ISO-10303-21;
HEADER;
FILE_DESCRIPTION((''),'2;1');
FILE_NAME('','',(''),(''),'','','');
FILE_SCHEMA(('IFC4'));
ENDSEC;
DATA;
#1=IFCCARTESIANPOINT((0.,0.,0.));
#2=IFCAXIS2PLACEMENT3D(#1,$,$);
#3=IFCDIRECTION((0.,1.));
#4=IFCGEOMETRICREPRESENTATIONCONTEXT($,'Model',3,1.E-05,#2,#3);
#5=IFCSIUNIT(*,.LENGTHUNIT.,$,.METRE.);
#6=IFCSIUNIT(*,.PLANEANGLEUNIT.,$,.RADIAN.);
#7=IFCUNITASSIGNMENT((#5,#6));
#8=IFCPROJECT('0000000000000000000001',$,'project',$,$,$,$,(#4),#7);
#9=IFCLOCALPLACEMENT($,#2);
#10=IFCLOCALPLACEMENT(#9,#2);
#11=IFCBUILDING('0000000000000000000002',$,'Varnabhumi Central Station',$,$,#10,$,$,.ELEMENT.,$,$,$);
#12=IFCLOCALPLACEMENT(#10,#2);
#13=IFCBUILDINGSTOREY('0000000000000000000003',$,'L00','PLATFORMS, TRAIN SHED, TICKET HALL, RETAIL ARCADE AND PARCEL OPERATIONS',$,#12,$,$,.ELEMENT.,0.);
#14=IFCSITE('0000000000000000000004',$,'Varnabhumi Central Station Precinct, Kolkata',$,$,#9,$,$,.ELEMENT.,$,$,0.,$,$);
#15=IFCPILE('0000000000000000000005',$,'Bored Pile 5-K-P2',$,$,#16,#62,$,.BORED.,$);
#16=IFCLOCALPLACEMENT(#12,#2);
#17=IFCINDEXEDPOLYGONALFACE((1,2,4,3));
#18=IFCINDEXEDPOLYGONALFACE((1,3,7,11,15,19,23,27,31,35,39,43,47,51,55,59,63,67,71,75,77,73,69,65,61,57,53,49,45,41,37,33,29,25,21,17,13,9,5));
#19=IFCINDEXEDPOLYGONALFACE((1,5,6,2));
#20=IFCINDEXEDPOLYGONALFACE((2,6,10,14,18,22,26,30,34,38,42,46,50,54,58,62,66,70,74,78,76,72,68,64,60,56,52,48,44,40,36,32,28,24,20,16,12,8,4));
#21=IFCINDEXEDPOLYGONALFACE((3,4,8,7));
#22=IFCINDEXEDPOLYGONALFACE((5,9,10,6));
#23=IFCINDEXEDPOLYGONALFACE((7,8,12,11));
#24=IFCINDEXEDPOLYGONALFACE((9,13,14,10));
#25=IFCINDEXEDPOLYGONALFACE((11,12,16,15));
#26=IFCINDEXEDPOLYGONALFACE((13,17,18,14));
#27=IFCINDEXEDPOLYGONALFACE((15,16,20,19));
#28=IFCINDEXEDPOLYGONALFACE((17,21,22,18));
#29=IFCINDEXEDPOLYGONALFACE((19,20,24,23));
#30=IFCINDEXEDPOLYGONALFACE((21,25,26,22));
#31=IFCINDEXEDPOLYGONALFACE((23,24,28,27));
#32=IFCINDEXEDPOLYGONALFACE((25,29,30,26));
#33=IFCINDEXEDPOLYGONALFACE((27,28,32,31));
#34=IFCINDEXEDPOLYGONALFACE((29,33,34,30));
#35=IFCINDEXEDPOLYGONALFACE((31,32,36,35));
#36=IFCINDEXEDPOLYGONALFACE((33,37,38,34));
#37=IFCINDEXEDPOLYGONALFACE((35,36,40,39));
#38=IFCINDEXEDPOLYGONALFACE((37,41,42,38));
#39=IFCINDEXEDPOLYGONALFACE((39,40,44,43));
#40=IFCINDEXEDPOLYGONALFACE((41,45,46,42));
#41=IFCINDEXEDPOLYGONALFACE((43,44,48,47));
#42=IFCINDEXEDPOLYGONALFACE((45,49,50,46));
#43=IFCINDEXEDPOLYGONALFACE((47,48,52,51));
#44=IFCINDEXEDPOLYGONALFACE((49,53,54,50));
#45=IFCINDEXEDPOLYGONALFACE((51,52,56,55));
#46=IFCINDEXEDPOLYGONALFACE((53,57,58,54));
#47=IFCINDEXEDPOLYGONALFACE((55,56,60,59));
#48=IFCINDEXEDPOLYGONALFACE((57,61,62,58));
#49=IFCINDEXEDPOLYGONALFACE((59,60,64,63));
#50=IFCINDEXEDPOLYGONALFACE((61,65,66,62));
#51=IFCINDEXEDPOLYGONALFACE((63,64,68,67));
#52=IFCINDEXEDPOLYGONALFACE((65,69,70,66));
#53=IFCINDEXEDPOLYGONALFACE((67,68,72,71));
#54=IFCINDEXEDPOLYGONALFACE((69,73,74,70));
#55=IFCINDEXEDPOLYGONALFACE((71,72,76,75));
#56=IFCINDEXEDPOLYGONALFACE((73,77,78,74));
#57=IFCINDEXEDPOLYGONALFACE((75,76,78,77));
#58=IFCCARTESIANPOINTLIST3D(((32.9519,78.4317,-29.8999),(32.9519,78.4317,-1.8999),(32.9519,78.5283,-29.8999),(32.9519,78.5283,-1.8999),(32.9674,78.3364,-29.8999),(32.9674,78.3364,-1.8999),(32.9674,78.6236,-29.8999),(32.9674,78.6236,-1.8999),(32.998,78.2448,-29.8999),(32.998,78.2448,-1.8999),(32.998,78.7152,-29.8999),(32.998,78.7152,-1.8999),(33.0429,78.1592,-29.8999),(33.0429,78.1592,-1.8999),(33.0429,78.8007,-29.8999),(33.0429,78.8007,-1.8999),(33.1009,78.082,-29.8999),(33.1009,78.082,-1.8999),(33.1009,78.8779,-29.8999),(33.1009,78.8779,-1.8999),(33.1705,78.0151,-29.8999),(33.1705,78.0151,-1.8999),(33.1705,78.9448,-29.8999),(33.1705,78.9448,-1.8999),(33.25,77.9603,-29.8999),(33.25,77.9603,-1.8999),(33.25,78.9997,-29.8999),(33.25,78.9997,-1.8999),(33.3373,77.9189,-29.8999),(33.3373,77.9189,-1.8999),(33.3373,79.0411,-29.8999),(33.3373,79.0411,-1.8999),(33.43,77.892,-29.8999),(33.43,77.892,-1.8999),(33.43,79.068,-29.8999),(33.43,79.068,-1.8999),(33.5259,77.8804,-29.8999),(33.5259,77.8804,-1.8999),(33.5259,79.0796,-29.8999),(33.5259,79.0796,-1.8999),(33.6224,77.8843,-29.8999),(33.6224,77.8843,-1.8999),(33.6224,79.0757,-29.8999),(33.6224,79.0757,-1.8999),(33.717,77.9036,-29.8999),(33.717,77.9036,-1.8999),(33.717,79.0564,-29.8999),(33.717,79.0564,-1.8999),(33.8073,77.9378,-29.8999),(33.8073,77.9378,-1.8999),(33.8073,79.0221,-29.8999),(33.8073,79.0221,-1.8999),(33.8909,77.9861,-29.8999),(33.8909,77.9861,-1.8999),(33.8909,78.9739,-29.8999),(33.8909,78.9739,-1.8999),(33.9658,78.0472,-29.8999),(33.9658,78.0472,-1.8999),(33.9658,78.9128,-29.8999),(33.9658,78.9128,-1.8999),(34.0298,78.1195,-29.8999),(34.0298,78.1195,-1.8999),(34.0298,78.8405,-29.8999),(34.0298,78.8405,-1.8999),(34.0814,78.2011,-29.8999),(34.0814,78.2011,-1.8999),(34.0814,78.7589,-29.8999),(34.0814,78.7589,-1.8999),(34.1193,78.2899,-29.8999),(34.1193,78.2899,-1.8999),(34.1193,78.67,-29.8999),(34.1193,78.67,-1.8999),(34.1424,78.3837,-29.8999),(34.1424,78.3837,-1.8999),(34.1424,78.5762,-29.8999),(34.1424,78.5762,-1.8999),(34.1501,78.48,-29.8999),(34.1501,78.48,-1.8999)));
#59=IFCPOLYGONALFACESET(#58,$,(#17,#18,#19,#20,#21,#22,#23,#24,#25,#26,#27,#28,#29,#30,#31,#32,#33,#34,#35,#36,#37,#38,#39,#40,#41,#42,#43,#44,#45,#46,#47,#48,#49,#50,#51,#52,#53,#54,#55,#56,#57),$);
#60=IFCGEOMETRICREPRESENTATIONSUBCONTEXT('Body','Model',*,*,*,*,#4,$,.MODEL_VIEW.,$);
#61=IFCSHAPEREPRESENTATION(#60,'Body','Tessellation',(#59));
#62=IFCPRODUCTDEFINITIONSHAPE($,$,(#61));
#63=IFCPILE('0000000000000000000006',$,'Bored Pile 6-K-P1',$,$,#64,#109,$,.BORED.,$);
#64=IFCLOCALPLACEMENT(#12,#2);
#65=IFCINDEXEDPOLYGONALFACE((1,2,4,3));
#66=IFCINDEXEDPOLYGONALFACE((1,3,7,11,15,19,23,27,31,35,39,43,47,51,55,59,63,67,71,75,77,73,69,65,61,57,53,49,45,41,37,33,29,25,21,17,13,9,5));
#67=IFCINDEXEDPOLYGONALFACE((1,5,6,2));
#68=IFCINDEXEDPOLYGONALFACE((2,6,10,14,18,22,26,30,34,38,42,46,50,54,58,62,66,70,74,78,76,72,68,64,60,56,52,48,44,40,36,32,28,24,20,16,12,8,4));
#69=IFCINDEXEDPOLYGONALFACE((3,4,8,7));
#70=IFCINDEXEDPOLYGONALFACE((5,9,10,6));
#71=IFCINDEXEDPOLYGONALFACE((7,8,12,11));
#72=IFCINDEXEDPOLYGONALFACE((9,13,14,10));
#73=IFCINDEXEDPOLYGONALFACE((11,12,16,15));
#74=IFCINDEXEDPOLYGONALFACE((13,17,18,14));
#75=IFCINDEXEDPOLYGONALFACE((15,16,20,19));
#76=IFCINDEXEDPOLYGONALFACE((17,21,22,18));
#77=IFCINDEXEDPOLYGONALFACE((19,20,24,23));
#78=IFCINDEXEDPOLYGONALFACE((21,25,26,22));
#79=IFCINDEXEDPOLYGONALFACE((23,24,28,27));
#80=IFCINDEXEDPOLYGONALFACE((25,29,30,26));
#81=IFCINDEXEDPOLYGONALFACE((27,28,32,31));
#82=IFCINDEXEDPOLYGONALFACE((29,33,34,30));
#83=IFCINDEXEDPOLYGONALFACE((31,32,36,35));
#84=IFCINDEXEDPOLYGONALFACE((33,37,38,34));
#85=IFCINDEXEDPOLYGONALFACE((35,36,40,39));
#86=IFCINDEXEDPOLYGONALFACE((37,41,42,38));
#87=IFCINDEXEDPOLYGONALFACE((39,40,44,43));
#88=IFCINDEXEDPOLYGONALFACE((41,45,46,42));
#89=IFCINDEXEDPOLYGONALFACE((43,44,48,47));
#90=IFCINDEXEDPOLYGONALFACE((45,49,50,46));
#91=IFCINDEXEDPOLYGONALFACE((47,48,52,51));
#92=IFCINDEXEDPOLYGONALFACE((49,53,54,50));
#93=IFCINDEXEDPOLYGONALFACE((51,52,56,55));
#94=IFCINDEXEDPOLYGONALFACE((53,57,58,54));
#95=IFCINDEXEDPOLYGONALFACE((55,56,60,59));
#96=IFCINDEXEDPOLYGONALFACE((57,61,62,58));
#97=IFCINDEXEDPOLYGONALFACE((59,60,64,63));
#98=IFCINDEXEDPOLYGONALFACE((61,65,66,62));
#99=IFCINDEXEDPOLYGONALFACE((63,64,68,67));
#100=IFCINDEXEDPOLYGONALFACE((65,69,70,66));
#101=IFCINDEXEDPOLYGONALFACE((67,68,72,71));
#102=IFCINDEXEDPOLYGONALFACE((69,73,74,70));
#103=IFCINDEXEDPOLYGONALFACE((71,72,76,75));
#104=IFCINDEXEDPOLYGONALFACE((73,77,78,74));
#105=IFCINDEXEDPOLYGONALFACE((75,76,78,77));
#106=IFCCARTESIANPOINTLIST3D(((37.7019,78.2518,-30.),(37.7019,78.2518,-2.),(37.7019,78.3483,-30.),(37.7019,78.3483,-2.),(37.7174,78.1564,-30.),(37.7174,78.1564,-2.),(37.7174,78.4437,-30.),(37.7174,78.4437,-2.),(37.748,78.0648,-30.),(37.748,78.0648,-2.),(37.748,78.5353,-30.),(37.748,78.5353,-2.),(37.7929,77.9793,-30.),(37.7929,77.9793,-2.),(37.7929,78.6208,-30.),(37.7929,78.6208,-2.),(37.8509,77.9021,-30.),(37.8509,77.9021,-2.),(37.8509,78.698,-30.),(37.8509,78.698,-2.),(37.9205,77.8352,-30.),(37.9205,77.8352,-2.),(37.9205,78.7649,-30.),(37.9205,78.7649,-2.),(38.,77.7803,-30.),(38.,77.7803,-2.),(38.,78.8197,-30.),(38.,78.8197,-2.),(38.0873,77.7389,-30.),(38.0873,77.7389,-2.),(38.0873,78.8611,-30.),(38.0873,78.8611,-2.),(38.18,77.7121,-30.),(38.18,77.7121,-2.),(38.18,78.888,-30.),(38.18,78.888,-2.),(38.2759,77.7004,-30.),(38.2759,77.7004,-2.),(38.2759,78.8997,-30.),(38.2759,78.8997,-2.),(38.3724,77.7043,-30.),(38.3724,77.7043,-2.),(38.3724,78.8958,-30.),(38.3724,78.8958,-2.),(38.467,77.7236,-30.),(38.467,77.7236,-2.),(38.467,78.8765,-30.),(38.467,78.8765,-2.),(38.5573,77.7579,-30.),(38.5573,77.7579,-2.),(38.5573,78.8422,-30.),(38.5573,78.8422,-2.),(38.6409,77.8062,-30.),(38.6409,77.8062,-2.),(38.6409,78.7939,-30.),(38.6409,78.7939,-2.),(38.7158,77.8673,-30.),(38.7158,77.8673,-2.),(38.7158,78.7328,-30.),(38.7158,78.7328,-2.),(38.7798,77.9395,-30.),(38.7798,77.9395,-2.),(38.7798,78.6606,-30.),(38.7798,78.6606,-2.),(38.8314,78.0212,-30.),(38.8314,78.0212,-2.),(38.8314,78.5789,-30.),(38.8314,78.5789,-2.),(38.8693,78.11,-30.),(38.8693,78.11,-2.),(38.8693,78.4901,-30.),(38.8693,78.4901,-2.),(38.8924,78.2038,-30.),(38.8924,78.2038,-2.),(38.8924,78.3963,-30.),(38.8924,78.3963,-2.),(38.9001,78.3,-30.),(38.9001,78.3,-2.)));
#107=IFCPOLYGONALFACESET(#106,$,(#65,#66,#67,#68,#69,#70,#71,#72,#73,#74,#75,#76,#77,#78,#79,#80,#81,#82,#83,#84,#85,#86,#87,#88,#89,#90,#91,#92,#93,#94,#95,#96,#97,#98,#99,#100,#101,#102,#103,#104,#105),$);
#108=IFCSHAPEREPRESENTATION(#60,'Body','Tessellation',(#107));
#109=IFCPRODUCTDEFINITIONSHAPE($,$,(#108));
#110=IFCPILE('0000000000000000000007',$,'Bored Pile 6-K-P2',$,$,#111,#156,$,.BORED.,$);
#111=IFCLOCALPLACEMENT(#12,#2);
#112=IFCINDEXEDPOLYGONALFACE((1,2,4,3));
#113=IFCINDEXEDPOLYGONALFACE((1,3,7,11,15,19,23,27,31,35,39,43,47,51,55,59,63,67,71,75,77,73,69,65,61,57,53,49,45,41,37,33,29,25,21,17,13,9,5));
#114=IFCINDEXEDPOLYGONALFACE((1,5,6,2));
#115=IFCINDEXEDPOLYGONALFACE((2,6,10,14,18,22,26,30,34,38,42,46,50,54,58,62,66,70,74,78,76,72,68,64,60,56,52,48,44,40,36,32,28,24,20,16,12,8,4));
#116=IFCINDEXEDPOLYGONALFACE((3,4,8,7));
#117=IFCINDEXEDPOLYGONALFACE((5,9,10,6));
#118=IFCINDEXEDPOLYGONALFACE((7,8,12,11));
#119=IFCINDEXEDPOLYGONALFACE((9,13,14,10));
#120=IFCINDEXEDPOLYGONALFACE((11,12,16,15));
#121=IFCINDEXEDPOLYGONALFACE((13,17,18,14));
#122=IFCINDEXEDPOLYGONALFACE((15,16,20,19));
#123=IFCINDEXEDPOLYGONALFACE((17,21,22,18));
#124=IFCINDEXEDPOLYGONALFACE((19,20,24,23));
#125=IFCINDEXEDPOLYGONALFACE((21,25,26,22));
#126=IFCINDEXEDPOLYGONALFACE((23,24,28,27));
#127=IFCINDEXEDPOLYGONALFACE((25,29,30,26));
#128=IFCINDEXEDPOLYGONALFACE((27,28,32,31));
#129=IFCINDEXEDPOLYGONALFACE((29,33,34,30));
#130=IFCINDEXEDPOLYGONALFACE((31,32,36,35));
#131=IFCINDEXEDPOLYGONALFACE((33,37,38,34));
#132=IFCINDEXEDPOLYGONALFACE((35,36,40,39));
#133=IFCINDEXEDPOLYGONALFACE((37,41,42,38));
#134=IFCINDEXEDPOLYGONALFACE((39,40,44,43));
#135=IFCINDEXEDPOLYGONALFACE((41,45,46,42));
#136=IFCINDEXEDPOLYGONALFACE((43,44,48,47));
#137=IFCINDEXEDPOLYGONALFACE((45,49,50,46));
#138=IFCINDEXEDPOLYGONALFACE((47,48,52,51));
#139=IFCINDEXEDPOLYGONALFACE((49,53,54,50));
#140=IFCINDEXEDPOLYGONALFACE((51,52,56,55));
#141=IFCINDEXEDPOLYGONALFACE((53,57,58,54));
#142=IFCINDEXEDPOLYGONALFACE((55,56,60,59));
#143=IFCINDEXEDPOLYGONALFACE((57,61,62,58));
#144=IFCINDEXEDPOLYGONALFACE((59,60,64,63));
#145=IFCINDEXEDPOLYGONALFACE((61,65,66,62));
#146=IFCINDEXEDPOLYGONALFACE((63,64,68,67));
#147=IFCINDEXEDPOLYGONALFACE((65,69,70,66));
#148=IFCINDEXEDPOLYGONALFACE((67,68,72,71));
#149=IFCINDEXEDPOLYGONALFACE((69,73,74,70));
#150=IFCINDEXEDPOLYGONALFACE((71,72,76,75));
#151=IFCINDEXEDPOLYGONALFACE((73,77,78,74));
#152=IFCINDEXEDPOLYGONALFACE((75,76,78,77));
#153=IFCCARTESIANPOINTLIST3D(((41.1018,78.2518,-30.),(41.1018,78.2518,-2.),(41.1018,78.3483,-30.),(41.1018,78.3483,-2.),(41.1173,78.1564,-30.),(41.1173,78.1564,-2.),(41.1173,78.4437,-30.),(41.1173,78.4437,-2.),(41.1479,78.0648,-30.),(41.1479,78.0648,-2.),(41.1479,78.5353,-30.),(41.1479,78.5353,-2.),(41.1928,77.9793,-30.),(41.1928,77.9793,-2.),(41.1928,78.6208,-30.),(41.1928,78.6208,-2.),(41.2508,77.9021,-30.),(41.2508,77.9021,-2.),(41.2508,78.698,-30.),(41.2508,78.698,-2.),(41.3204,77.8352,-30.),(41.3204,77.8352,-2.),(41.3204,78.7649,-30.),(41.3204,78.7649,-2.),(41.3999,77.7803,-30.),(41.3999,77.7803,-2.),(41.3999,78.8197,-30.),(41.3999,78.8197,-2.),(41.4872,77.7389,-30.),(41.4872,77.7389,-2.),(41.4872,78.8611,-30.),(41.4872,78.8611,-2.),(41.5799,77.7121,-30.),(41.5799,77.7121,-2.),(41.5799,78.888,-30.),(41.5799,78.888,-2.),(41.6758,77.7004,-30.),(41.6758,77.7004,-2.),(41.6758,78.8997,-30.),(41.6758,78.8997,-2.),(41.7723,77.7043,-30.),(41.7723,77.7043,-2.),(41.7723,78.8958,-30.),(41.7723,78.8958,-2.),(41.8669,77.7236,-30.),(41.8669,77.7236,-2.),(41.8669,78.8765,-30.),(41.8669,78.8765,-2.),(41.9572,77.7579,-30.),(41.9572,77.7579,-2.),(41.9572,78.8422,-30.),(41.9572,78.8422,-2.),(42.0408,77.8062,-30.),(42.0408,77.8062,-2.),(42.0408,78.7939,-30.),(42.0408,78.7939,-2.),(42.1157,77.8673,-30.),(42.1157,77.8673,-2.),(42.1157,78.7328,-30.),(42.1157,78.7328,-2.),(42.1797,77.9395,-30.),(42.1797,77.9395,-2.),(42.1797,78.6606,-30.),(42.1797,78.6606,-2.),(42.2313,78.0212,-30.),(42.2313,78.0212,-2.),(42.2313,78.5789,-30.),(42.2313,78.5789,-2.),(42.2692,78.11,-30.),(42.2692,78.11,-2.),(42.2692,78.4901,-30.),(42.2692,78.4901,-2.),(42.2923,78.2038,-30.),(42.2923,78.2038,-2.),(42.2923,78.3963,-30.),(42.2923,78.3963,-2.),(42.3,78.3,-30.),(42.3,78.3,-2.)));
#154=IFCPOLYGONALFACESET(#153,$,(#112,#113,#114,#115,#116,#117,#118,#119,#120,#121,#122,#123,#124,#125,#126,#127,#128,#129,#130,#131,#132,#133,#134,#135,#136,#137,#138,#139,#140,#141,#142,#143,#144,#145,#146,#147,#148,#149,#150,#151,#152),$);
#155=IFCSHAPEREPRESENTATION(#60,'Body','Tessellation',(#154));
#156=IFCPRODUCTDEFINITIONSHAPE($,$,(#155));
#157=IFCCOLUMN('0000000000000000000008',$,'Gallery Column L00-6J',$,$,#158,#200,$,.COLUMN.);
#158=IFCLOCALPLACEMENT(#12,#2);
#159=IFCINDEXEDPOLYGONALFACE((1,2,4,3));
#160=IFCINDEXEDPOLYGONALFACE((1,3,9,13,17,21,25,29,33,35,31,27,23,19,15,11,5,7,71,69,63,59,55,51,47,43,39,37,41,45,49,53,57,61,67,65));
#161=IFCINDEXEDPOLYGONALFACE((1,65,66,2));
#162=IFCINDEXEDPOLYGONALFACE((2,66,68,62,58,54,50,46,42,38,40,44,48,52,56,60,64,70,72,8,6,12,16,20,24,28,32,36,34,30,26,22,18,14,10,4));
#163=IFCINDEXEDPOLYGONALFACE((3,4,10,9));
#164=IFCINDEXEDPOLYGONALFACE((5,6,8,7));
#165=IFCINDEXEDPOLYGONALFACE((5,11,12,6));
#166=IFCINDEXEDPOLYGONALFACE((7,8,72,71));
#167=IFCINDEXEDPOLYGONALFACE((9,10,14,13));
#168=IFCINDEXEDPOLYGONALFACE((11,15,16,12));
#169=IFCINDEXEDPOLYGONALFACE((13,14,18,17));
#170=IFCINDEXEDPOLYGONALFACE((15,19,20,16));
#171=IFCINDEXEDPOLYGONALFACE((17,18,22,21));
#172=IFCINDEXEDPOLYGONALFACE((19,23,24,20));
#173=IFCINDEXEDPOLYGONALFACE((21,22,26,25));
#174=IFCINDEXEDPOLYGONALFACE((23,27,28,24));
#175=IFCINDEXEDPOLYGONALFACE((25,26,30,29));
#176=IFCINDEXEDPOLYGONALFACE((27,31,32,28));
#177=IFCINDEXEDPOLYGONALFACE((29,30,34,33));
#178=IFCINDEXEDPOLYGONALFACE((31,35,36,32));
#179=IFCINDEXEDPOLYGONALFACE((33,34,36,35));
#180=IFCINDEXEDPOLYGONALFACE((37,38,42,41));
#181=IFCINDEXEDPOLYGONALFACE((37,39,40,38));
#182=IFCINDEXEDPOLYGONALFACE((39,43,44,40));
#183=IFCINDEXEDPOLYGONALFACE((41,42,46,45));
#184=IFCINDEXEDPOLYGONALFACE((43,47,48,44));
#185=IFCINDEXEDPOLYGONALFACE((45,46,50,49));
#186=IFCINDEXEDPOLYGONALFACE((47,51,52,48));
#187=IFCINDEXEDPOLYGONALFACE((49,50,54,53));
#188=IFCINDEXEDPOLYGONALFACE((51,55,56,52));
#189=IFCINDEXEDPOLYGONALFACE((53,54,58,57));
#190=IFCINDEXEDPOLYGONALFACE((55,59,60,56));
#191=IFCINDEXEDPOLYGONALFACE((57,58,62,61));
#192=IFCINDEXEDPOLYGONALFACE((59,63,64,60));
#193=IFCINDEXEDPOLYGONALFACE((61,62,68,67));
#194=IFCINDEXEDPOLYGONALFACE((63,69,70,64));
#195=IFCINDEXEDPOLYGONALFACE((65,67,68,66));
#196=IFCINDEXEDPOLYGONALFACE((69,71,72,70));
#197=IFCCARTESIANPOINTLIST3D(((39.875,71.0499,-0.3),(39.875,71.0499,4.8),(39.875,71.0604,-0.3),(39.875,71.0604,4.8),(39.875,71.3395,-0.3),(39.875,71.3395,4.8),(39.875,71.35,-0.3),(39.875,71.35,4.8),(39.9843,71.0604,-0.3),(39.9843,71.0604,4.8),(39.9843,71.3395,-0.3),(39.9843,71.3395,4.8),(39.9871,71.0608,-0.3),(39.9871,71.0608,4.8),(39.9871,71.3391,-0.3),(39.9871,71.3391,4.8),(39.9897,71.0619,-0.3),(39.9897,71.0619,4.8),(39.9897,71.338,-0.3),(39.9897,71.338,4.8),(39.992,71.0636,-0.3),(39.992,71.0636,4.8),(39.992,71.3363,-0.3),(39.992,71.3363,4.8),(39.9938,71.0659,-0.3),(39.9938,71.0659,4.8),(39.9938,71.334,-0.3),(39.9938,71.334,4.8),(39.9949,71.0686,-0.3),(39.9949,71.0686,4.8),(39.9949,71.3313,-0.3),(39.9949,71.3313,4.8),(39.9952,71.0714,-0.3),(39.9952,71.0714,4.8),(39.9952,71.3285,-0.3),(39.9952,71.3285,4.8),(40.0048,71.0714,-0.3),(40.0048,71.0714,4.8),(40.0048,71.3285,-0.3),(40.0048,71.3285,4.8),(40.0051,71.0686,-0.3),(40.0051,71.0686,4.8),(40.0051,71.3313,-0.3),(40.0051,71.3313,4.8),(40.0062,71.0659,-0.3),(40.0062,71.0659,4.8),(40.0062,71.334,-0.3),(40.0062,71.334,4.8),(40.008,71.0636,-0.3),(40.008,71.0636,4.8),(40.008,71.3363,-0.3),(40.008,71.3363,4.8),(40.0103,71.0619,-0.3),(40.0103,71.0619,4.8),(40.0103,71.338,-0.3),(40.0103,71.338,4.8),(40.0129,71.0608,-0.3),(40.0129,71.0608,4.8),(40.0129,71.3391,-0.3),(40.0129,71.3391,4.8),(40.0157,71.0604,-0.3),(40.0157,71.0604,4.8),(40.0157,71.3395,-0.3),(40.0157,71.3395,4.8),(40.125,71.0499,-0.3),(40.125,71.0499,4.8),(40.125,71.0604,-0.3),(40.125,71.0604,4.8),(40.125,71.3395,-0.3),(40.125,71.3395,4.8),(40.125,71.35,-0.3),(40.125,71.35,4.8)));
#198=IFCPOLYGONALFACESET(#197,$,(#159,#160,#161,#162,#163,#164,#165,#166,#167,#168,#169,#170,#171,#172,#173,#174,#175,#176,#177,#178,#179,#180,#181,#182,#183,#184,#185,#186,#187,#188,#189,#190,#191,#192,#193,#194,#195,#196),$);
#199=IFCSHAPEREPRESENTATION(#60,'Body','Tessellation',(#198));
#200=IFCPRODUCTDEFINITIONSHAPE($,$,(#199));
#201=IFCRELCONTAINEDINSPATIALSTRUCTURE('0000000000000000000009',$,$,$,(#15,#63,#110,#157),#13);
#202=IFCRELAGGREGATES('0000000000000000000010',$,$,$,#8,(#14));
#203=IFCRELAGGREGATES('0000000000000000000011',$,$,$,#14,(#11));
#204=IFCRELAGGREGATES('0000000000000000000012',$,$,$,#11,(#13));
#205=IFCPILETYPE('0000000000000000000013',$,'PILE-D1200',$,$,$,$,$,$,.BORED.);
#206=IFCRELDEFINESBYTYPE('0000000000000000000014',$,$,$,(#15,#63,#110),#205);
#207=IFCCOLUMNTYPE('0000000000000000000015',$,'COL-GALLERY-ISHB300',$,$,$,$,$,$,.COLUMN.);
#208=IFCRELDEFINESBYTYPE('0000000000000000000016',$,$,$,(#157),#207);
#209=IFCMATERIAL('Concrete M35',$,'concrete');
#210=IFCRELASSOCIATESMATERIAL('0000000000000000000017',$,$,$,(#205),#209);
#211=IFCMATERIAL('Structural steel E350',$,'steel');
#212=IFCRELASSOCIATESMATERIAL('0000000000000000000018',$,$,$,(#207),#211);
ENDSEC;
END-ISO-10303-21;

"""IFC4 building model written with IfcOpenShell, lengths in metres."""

from ifc_helpers import new_model, si_unit, direction, frame, origin, origin_2d, place, context, subcontext, project, spatial, circle, i_section, extrude, material, material_profile, profile_set, type_object, element, save


model = new_model("IFC4")

# Units and contexts
model_context = context("Model", 3, precision=1e-05, world=origin(), true_north=direction((0.0, 1.0)))
body_context = subcontext(model_context, "Body", "Model", "MODEL_VIEW")
ifc_project = project(units=[si_unit("LENGTHUNIT", "METRE"), si_unit("PLANEANGLEUNIT", "RADIAN")], contexts=[model_context])

# Site, building, storey
site_placement = place(None, origin())
site = spatial("IfcSite", under=ifc_project, at=site_placement, Name="Varnabhumi Central Station Precinct, Kolkata", CompositionType="ELEMENT", RefElevation=0.0)
building_placement = place(site_placement, origin())
building = spatial("IfcBuilding", under=site, at=building_placement, Name="Varnabhumi Central Station", CompositionType="ELEMENT")
storey_placement = place(building_placement, origin())
storey = spatial("IfcBuildingStorey", under=building, at=storey_placement, Name="L00", Description="PLATFORMS, TRAIN SHED, TICKET HALL, RETAIL ARCADE AND PARCEL OPERATIONS", CompositionType="ELEMENT", Elevation=0.0)

# Piles
ifc_material_1 = material(Name="Concrete M35", Category="concrete")
ifc_material_profile_1 = material_profile(ifc_material_1, circle(Radius=0.6001, at=origin_2d()), Name="Concrete M35", Category="concrete")
ifc_profile_set_1 = profile_set([ifc_material_profile_1], Name="Concrete M35")
pile_type_1 = type_object("IfcPileType", Name="PILE-D1200", PredefinedType="BORED", material=ifc_profile_set_1)
for number, where, z_axis, x_axis, name in (
    (1, (33.55, 78.48, -1.8999), (0.0, 0.0, -1.0), (1.0, 0.0, 0.0), "Bored Pile 5-K-P2"),
    (2, (38.3, 78.3, -2.0), (0.0, 0.0, -1.0), (1.0, 0.0, 0.0), "Bored Pile 6-K-P1"),
    (3, (41.7, 78.3, -2.0), (0.0, 0.0, -1.0), (1.0, 0.0, 0.0), "Bored Pile 6-K-P2"),
):
    element("IfcPile", number, at=place(storey_placement, frame(where, z_axis=z_axis, x_axis=x_axis)), inside=storey, type_object=pile_type_1, Name=name, PredefinedType="BORED", context=body_context, shape_type="SweptSolid", body=[
        extrude(circle(Radius=0.6001, at=origin_2d()), origin(), (0.0, 0.0, 1.0), 28.0),
    ])

# Column
ifc_material_2 = material(Name="Structural steel E350", Category="steel")
ifc_material_profile_2 = material_profile(ifc_material_2, i_section(OverallWidth=0.25, OverallDepth=0.3, WebThickness=0.0095, FlangeThickness=0.0105, FilletRadius=0.011, at=origin_2d()), Name="Structural steel E350", Category="steel")
ifc_profile_set_2 = profile_set([ifc_material_profile_2], Name="Structural steel E350")
column_type_1 = type_object("IfcColumnType", Name="COL-GALLERY-ISHB300", PredefinedType="COLUMN", material=ifc_profile_set_2)
column_placement = place(storey_placement, frame((40.0, 71.2, -0.3), z_axis=(0.0, 0.0, 1.0), x_axis=(1.0, 0.0, 0.0)))
element("IfcColumn", 4, at=column_placement, inside=storey, type_object=column_type_1, Name="Gallery Column L00-6J", PredefinedType="COLUMN", context=body_context, shape_type="SweptSolid", body=[
    extrude(i_section(OverallWidth=0.25, OverallDepth=0.3, WebThickness=0.0095, FlangeThickness=0.0105, FilletRadius=0.011, at=origin_2d()), origin(), (0.0, 0.0, 1.0), 5.1001),
])

save(model, "model.ifc")
